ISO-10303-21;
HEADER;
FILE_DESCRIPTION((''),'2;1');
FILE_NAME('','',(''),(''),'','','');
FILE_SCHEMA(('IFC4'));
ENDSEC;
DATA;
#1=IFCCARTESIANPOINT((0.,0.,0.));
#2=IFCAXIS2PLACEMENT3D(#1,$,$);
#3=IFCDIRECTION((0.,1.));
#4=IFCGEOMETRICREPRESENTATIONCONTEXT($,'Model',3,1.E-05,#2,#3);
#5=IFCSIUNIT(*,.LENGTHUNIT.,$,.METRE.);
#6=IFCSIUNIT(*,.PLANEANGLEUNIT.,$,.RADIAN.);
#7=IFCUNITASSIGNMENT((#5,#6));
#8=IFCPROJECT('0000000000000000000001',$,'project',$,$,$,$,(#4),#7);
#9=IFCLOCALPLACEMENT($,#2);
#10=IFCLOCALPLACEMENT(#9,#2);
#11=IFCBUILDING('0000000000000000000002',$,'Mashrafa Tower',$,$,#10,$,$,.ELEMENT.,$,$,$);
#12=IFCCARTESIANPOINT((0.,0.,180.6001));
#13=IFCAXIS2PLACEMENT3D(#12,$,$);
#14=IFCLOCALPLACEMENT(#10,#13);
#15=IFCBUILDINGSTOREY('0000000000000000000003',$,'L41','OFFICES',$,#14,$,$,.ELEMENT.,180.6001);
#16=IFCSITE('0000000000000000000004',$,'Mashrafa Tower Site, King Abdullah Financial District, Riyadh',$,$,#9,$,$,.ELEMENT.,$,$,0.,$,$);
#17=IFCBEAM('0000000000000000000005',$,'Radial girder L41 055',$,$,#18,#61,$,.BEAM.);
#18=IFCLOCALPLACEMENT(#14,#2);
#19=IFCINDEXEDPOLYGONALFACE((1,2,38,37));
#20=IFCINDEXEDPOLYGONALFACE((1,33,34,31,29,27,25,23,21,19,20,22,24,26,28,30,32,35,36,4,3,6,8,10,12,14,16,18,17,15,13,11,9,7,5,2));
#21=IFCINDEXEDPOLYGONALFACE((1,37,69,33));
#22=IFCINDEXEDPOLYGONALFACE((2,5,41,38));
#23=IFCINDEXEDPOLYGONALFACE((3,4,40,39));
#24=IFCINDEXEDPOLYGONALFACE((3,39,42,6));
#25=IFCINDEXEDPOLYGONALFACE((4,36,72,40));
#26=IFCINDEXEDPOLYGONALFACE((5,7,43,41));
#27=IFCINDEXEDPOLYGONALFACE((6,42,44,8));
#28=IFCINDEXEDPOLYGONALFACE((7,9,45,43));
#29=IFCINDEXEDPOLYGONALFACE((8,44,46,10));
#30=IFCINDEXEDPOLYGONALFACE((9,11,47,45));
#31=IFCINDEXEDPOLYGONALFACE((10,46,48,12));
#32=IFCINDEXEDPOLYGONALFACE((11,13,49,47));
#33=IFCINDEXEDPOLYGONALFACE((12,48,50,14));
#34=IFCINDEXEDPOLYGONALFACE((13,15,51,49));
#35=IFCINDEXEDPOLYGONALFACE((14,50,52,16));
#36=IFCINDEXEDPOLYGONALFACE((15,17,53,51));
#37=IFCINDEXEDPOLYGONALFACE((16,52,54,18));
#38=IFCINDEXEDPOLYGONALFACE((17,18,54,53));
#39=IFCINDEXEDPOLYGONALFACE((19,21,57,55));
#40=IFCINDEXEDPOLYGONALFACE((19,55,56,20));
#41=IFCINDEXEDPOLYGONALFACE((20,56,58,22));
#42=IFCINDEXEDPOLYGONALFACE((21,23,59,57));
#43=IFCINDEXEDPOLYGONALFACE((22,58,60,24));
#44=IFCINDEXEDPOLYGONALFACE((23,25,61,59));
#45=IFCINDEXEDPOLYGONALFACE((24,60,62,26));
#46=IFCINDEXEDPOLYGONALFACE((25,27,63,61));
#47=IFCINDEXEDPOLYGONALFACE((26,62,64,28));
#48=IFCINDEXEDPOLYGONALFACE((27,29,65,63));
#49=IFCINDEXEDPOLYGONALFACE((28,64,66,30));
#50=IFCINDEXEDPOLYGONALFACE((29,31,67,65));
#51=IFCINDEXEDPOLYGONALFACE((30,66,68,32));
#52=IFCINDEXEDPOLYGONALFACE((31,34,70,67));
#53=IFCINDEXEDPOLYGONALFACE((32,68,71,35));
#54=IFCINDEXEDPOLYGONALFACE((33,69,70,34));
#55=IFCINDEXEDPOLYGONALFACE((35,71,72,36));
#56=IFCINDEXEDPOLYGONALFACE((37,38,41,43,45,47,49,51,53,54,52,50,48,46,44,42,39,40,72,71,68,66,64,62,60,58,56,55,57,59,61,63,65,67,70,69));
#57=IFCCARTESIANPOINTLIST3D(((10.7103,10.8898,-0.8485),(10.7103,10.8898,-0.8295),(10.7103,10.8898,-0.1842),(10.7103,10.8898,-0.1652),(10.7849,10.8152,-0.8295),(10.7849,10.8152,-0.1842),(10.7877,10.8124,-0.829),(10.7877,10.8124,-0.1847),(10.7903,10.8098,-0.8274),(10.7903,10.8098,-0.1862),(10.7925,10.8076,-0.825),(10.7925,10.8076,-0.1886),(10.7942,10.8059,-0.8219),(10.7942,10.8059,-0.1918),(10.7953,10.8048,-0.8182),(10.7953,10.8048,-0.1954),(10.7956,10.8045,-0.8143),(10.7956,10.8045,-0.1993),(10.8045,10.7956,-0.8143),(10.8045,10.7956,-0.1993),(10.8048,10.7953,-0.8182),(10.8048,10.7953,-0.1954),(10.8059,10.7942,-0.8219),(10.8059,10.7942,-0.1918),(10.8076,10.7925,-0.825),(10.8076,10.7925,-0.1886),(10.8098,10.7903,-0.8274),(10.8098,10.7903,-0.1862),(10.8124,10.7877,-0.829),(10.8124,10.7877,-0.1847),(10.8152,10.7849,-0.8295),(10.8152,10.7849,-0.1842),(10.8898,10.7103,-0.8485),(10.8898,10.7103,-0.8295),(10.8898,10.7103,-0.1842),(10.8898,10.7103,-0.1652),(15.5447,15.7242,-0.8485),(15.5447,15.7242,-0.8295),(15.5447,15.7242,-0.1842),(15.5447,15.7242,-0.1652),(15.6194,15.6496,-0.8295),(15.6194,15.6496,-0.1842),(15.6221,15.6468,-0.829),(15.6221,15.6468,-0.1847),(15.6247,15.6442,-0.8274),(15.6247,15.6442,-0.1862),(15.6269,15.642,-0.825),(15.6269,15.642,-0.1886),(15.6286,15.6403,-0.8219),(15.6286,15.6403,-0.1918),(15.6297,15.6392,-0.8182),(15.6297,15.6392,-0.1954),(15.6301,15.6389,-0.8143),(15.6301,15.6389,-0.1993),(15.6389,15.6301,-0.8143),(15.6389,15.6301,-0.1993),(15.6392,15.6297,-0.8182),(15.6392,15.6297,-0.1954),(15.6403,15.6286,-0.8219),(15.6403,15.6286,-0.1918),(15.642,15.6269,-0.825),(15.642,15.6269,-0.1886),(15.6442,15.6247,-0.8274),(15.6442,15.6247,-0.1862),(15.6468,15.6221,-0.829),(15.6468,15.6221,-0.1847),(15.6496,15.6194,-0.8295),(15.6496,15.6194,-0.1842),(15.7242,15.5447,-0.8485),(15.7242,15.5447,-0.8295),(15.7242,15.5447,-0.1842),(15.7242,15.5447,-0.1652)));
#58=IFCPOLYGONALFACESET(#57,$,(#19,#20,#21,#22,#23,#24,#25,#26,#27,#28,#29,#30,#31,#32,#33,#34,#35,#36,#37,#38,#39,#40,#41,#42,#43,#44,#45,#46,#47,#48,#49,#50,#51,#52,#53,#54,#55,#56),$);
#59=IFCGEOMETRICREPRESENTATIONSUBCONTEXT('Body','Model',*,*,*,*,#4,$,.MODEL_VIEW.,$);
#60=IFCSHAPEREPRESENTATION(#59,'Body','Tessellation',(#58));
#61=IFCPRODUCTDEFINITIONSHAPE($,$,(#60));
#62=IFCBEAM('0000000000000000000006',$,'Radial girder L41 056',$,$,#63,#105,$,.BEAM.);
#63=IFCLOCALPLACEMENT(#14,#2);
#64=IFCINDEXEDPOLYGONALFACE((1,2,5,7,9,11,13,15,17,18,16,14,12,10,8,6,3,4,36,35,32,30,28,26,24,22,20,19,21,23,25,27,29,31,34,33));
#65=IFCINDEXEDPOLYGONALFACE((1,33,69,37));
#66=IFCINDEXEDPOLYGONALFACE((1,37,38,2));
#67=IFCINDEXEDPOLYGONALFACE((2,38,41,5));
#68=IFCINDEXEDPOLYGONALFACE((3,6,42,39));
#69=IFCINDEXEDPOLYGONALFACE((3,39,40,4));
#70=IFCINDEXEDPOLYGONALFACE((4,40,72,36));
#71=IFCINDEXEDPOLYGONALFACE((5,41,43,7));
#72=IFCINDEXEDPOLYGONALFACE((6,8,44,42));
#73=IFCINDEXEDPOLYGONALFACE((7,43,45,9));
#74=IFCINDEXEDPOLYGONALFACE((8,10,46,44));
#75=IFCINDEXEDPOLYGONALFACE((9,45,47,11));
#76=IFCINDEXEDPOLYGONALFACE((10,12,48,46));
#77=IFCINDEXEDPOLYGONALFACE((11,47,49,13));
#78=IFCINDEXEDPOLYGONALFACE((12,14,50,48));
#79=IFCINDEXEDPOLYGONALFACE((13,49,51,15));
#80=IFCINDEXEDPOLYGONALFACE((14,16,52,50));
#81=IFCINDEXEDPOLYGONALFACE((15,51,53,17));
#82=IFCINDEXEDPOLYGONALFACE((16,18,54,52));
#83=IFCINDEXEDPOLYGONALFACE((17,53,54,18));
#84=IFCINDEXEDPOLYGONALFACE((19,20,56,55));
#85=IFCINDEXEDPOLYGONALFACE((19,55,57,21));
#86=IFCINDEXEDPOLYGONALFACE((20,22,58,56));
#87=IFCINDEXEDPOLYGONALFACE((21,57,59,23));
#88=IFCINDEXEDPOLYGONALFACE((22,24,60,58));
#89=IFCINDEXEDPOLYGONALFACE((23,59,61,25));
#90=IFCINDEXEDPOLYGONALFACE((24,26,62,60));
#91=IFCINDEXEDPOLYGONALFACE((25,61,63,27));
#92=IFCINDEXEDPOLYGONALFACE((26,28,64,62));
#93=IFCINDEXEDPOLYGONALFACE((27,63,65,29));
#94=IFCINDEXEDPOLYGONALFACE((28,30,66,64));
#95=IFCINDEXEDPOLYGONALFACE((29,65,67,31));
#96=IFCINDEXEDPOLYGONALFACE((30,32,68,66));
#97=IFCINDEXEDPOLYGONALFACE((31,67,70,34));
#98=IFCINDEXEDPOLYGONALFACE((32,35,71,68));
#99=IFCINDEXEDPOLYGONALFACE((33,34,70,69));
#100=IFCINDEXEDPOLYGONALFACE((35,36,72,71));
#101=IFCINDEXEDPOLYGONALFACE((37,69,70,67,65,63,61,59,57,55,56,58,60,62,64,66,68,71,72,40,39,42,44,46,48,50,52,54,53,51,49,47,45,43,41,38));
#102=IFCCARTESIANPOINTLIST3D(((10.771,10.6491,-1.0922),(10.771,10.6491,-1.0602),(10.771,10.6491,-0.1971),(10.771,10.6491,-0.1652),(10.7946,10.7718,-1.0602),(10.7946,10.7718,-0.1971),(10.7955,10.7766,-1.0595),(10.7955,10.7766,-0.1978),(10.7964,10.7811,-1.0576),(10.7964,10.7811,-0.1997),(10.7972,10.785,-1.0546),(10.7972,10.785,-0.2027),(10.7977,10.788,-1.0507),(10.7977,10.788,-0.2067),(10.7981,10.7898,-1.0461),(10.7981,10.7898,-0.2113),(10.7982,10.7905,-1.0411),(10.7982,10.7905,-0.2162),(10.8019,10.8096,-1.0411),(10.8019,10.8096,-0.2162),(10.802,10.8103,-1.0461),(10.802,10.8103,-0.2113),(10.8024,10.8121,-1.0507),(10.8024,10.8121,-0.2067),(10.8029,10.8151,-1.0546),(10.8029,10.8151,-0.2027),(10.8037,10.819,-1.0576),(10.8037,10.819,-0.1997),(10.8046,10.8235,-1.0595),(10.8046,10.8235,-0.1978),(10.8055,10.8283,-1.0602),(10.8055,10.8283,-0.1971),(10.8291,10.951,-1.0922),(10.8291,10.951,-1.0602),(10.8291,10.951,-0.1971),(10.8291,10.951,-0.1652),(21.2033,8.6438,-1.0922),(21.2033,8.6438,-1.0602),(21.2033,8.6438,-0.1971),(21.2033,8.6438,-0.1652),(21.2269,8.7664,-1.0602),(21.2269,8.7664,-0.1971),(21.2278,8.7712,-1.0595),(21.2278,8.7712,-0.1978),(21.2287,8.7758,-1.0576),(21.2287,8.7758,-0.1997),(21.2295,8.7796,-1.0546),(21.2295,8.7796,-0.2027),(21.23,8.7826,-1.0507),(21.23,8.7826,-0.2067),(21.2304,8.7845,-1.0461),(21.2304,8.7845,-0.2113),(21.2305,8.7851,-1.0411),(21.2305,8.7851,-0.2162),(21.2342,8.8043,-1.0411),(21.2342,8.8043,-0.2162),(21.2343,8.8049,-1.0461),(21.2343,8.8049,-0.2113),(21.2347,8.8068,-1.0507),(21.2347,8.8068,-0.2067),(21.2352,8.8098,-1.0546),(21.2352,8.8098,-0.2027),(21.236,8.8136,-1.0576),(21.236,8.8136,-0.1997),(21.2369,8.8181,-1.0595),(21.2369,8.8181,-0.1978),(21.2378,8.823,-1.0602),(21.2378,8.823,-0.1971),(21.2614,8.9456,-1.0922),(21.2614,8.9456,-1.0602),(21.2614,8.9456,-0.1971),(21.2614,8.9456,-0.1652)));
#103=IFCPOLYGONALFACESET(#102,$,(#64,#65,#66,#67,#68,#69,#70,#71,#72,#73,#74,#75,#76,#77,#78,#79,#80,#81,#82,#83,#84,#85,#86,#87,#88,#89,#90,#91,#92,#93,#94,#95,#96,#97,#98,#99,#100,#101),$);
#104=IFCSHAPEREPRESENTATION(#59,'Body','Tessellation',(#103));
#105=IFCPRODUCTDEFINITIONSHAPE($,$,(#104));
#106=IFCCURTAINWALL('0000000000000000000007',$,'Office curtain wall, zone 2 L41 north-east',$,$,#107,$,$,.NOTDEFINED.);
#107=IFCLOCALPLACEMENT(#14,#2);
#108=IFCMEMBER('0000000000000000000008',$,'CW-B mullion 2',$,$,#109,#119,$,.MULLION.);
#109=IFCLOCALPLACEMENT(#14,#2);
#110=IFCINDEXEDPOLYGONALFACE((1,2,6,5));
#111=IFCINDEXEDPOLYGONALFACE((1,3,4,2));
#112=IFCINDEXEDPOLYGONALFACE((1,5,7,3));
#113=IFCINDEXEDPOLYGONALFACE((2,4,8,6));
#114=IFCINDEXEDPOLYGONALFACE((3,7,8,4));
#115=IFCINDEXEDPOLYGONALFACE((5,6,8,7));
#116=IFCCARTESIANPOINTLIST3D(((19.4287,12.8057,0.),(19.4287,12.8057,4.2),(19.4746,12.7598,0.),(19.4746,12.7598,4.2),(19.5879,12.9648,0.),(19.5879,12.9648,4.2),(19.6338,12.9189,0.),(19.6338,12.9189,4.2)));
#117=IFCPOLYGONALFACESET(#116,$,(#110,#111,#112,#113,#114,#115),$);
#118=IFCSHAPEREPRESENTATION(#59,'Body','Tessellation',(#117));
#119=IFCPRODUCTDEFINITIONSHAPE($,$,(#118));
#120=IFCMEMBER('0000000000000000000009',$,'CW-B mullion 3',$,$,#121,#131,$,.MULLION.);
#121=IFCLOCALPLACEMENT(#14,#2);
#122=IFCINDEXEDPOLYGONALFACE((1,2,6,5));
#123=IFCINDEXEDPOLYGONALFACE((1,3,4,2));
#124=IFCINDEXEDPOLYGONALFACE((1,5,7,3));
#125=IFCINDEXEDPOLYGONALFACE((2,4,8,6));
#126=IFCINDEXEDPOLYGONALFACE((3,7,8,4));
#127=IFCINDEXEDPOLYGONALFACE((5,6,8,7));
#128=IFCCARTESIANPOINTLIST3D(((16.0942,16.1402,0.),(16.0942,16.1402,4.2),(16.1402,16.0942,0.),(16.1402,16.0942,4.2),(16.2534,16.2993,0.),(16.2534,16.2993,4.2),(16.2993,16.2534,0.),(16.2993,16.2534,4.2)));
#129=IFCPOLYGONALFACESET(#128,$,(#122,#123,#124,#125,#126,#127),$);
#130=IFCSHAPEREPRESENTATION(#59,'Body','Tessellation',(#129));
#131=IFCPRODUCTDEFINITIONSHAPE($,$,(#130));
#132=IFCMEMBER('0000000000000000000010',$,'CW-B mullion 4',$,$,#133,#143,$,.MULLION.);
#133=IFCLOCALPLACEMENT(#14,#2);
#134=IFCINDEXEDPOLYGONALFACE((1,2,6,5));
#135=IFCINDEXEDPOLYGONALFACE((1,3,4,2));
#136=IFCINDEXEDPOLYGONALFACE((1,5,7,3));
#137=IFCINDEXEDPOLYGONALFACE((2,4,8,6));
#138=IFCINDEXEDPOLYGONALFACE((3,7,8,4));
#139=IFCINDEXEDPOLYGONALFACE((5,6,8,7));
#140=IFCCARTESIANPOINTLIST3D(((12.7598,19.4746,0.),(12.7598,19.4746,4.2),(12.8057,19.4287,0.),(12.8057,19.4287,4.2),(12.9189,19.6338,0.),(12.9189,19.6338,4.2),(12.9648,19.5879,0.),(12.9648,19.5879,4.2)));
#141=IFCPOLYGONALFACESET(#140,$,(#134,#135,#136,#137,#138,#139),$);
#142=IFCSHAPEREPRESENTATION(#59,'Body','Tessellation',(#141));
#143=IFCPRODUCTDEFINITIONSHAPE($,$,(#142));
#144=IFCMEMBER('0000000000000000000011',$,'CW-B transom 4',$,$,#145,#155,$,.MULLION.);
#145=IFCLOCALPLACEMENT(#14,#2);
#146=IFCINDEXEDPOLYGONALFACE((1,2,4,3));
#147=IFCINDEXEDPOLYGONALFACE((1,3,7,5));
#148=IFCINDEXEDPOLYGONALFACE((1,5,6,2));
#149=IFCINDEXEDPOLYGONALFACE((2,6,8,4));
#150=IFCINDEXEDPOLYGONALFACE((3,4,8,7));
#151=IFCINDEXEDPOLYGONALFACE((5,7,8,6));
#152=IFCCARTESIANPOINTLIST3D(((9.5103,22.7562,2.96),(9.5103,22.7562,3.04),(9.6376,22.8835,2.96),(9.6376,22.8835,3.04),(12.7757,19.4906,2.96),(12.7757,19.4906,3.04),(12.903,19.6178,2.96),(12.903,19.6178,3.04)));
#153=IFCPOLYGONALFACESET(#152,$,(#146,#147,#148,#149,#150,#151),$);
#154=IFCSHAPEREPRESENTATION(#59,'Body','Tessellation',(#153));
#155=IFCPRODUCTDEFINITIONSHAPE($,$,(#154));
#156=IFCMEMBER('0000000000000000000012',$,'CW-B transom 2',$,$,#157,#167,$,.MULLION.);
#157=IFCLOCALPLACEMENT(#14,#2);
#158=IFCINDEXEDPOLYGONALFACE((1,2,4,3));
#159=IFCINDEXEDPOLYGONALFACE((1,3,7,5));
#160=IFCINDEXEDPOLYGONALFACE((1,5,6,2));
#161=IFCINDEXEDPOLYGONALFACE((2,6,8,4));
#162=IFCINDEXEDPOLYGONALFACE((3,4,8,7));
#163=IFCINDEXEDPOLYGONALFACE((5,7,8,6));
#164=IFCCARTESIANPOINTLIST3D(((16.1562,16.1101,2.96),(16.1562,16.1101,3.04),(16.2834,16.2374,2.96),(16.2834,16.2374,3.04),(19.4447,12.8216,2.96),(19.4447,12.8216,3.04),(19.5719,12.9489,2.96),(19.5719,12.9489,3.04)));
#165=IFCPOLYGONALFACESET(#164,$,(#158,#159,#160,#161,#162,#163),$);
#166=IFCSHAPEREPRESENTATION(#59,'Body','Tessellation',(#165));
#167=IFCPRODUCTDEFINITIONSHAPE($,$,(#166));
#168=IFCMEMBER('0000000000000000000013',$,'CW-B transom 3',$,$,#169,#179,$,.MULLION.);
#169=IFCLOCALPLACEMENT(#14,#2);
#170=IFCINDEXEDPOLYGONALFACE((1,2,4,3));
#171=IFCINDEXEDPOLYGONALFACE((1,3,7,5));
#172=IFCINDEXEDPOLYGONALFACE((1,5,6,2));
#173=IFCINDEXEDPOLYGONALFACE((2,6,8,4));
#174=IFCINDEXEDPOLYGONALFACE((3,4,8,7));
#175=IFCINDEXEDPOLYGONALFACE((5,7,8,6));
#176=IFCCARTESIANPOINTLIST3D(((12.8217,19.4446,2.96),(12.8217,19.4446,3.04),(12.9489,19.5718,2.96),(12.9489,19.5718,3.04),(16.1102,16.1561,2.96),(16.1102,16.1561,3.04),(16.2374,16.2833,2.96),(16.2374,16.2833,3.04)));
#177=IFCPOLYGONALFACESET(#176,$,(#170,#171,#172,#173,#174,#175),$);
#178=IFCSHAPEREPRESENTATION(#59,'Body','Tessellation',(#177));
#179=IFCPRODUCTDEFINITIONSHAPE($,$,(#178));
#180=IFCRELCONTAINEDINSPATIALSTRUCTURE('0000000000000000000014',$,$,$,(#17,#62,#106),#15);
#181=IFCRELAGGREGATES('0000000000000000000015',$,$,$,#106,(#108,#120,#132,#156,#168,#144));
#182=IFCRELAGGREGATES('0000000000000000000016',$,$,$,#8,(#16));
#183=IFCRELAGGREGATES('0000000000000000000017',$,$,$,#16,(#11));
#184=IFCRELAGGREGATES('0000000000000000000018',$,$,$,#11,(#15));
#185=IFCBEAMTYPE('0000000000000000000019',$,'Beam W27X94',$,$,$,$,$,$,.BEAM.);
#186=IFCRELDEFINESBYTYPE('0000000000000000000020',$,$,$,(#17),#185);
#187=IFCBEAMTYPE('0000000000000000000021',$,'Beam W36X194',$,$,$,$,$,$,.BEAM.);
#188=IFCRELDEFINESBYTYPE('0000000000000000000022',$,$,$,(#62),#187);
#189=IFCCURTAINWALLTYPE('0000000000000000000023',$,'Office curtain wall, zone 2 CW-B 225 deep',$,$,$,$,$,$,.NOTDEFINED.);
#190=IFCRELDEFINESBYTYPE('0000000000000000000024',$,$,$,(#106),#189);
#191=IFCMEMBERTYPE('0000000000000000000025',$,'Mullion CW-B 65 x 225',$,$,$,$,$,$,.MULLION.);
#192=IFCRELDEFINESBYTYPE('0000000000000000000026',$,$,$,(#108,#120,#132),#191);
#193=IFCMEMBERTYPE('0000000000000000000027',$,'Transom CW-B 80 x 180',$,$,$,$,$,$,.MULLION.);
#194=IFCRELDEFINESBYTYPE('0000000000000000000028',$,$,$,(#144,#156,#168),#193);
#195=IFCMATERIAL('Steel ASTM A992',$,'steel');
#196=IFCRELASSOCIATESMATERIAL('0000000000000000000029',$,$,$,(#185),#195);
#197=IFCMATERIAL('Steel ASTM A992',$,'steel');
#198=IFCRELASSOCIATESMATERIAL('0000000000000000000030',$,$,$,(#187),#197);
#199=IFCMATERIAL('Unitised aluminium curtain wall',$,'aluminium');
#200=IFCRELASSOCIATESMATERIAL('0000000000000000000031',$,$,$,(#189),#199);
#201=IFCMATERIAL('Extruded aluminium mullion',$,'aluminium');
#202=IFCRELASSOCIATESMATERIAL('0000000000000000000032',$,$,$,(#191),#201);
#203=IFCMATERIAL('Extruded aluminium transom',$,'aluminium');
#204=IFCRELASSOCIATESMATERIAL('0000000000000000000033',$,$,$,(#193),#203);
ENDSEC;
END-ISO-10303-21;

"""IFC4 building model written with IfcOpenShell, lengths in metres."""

from ifc_helpers import new_model, si_unit, direction, frame, origin, origin_2d, place, context, subcontext, project, spatial, rectangle, i_section, extrude, source, transform, mapped, material, material_profile, profile_set, type_object, type_shapes, element, aggregate, save


model = new_model("IFC4")

# Units and contexts
model_context = context("Model", 3, precision=1e-05, world=origin(), true_north=direction((0.0, 1.0)))
body_context = subcontext(model_context, "Body", "Model", "MODEL_VIEW")
ifc_project = project(units=[si_unit("LENGTHUNIT", "METRE"), si_unit("PLANEANGLEUNIT", "RADIAN")], contexts=[model_context])

# Site, building, storey
site_placement = place(None, origin())
site = spatial("IfcSite", under=ifc_project, at=site_placement, Name="Mashrafa Tower Site, King Abdullah Financial District, Riyadh", CompositionType="ELEMENT", RefElevation=0.0)
building_placement = place(site_placement, origin())
building = spatial("IfcBuilding", under=site, at=building_placement, Name="Mashrafa Tower", CompositionType="ELEMENT")
storey_placement = place(building_placement, frame((0.0, 0.0, 180.6001)))
storey = spatial("IfcBuildingStorey", under=building, at=storey_placement, Name="L41", Description="OFFICES", CompositionType="ELEMENT", Elevation=180.6001)

# Beams
ifc_material_1 = material(Name="Steel ASTM A992", Category="steel")
ifc_material_profile_1 = material_profile(ifc_material_1, i_section(OverallWidth=0.2539, OverallDepth=0.6833, WebThickness=0.0125, FlangeThickness=0.019, FilletRadius=0.0151, at=origin_2d()), Name="W27X94")
ifc_profile_set_1 = profile_set([ifc_material_profile_1], Name="Steel ASTM A992")
beam_type_1 = type_object("IfcBeamType", Name="Beam W27X94", PredefinedType="BEAM", material=ifc_profile_set_1)
beam_1_placement = place(storey_placement, frame((10.8, 10.8, -0.5068), z_axis=(0.707107, 0.707107, 0.0), x_axis=(-0.707107, 0.707107, 0.0)))
element("IfcBeam", 1, at=beam_1_placement, inside=storey, type_object=beam_type_1, Name="Radial girder L41 055", PredefinedType="BEAM", context=body_context, shape_type="SweptSolid", body=[
    extrude(i_section(OverallWidth=0.2539, OverallDepth=0.6833, WebThickness=0.0125, FlangeThickness=0.019, FilletRadius=0.0151, at=origin_2d()), origin(), (0.0, 0.0, 1.0), 6.8369),
])
ifc_material_2 = material(Name="Steel ASTM A992", Category="steel")
ifc_material_profile_2 = material_profile(ifc_material_2, i_section(OverallWidth=0.3074, OverallDepth=0.927, WebThickness=0.0195, FlangeThickness=0.032, FilletRadius=0.019, at=origin_2d()), Name="W36X194")
ifc_profile_set_2 = profile_set([ifc_material_profile_2], Name="Steel ASTM A992")
beam_type_2 = type_object("IfcBeamType", Name="Beam W36X194", PredefinedType="BEAM", material=ifc_profile_set_2)
beam_2_placement = place(storey_placement, frame((10.8, 10.8, -0.6287), z_axis=(0.982021, -0.18877, 0.0), x_axis=(0.18877, 0.982021, 0.0)))
element("IfcBeam", 2, at=beam_2_placement, inside=storey, type_object=beam_type_2, Name="Radial girder L41 056", PredefinedType="BEAM", context=body_context, shape_type="SweptSolid", body=[
    extrude(i_section(OverallWidth=0.3074, OverallDepth=0.927, WebThickness=0.0195, FlangeThickness=0.032, FilletRadius=0.019, at=origin_2d()), origin(), (0.0, 0.0, 1.0), 10.6233),
])

# Curtain wall, members
ifc_material_3 = material(Name="Unitised aluminium curtain wall", Category="aluminium")
curtain_wall_type = type_object("IfcCurtainWallType", Name="Office curtain wall, zone 2 CW-B 225 deep", PredefinedType="NOTDEFINED", material=ifc_material_3)
curtain_wall_placement = place(storey_placement, origin())
curtain_wall = element("IfcCurtainWall", 3, at=curtain_wall_placement, inside=storey, type_object=curtain_wall_type, Name="Office curtain wall, zone 2 L41 north-east", PredefinedType="NOTDEFINED")
ifc_material_4 = material(Name="Extruded aluminium mullion", Category="aluminium")
ifc_material_profile_3 = material_profile(ifc_material_4, rectangle(XDim=0.2251, YDim=0.0649, at=origin_2d()), Name="Mullion 65x225")
ifc_profile_set_3 = profile_set([ifc_material_profile_3], Name="Extruded aluminium mullion")
member_type_1 = type_object("IfcMemberType", Name="Mullion CW-B 65 x 225", PredefinedType="MULLION", material=ifc_profile_set_3)
shared_shape_1 = source(origin(), body_context, "Body", "SweptSolid", [
    extrude(rectangle(XDim=0.2251, YDim=0.0649, at=origin_2d()), origin(), (0.0, 0.0, 1.0), 4.2),
])
type_shapes(member_type_1, [shared_shape_1])
member_1_placement = place(storey_placement, frame((19.5312, 12.8623, 0.0), z_axis=(0.0, 0.0, 1.0), x_axis=(-0.707107, -0.707107, 0.0)))
member_1 = element("IfcMember", 4, at=member_1_placement, type_object=member_type_1, Name="CW-B mullion 2", PredefinedType="MULLION", context=body_context, shape_type="MappedRepresentation", body=[
    mapped(shared_shape_1, transform((0.0, 0.0, 0.0))),
])
member_2_placement = place(storey_placement, frame((16.1968, 16.1968, 0.0), z_axis=(0.0, 0.0, 1.0), x_axis=(-0.707107, -0.707107, 0.0)))
member_2 = element("IfcMember", 5, at=member_2_placement, type_object=member_type_1, Name="CW-B mullion 3", PredefinedType="MULLION", context=body_context, shape_type="MappedRepresentation", body=[
    mapped(shared_shape_1, transform((0.0, 0.0, 0.0))),
])
member_3_placement = place(storey_placement, frame((12.8623, 19.5312, 0.0), z_axis=(0.0, 0.0, 1.0), x_axis=(-0.707107, -0.707107, 0.0)))
member_3 = element("IfcMember", 6, at=member_3_placement, type_object=member_type_1, Name="CW-B mullion 4", PredefinedType="MULLION", context=body_context, shape_type="MappedRepresentation", body=[
    mapped(shared_shape_1, transform((0.0, 0.0, 0.0))),
])
ifc_material_5 = material(Name="Extruded aluminium transom", Category="aluminium")
ifc_material_profile_4 = material_profile(ifc_material_5, rectangle(XDim=0.1799, YDim=0.0801, at=origin_2d()), Name="Transom 80x180")
ifc_profile_set_4 = profile_set([ifc_material_profile_4], Name="Extruded aluminium transom")
member_type_2 = type_object("IfcMemberType", Name="Transom CW-B 80 x 180", PredefinedType="MULLION", material=ifc_profile_set_4)
shared_shape_2 = source(origin(), body_context, "Body", "SweptSolid", [
    extrude(rectangle(XDim=0.1799, YDim=0.0801, at=origin_2d()), origin(), (0.0, 0.0, 1.0), 4.6182),
])
member_4_placement = place(storey_placement, frame((12.8394, 19.5542, 3.0), z_axis=(-0.70708, 0.707133, 0.0), x_axis=(-0.707133, -0.70708, 0.0)))
member_4 = element("IfcMember", 7, at=member_4_placement, type_object=member_type_2, Name="CW-B transom 4", PredefinedType="MULLION", context=body_context, shape_type="MappedRepresentation", body=[
    mapped(shared_shape_2, transform((0.0, 0.0, 0.0))),
])
shared_shape_3 = source(origin(), body_context, "Body", "SweptSolid", [
    extrude(rectangle(XDim=0.1799, YDim=0.0801, at=origin_2d()), origin(), (0.0, 0.0, 1.0), 4.6506),
])
type_shapes(member_type_2, [shared_shape_2, shared_shape_3])
member_5_placement = place(storey_placement, frame((19.5083, 12.8853, 3.0), z_axis=(-0.707107, 0.707107, 0.0), x_axis=(-0.707107, -0.707107, 0.0)))
member_5 = element("IfcMember", 8, at=member_5_placement, type_object=member_type_2, Name="CW-B transom 2", PredefinedType="MULLION", context=body_context, shape_type="MappedRepresentation", body=[
    mapped(shared_shape_3, transform((0.0, 0.0, 0.0))),
])
member_6_placement = place(storey_placement, frame((16.1738, 16.2197, 3.0), z_axis=(-0.707107, 0.707107, 0.0), x_axis=(-0.707107, -0.707107, 0.0)))
member_6 = element("IfcMember", 9, at=member_6_placement, type_object=member_type_2, Name="CW-B transom 3", PredefinedType="MULLION", context=body_context, shape_type="MappedRepresentation", body=[
    mapped(shared_shape_3, transform((0.0, 0.0, 0.0))),
])
aggregate(curtain_wall, [member_1, member_2, member_3, member_5, member_6, member_4])

save(model, "model.ifc")
